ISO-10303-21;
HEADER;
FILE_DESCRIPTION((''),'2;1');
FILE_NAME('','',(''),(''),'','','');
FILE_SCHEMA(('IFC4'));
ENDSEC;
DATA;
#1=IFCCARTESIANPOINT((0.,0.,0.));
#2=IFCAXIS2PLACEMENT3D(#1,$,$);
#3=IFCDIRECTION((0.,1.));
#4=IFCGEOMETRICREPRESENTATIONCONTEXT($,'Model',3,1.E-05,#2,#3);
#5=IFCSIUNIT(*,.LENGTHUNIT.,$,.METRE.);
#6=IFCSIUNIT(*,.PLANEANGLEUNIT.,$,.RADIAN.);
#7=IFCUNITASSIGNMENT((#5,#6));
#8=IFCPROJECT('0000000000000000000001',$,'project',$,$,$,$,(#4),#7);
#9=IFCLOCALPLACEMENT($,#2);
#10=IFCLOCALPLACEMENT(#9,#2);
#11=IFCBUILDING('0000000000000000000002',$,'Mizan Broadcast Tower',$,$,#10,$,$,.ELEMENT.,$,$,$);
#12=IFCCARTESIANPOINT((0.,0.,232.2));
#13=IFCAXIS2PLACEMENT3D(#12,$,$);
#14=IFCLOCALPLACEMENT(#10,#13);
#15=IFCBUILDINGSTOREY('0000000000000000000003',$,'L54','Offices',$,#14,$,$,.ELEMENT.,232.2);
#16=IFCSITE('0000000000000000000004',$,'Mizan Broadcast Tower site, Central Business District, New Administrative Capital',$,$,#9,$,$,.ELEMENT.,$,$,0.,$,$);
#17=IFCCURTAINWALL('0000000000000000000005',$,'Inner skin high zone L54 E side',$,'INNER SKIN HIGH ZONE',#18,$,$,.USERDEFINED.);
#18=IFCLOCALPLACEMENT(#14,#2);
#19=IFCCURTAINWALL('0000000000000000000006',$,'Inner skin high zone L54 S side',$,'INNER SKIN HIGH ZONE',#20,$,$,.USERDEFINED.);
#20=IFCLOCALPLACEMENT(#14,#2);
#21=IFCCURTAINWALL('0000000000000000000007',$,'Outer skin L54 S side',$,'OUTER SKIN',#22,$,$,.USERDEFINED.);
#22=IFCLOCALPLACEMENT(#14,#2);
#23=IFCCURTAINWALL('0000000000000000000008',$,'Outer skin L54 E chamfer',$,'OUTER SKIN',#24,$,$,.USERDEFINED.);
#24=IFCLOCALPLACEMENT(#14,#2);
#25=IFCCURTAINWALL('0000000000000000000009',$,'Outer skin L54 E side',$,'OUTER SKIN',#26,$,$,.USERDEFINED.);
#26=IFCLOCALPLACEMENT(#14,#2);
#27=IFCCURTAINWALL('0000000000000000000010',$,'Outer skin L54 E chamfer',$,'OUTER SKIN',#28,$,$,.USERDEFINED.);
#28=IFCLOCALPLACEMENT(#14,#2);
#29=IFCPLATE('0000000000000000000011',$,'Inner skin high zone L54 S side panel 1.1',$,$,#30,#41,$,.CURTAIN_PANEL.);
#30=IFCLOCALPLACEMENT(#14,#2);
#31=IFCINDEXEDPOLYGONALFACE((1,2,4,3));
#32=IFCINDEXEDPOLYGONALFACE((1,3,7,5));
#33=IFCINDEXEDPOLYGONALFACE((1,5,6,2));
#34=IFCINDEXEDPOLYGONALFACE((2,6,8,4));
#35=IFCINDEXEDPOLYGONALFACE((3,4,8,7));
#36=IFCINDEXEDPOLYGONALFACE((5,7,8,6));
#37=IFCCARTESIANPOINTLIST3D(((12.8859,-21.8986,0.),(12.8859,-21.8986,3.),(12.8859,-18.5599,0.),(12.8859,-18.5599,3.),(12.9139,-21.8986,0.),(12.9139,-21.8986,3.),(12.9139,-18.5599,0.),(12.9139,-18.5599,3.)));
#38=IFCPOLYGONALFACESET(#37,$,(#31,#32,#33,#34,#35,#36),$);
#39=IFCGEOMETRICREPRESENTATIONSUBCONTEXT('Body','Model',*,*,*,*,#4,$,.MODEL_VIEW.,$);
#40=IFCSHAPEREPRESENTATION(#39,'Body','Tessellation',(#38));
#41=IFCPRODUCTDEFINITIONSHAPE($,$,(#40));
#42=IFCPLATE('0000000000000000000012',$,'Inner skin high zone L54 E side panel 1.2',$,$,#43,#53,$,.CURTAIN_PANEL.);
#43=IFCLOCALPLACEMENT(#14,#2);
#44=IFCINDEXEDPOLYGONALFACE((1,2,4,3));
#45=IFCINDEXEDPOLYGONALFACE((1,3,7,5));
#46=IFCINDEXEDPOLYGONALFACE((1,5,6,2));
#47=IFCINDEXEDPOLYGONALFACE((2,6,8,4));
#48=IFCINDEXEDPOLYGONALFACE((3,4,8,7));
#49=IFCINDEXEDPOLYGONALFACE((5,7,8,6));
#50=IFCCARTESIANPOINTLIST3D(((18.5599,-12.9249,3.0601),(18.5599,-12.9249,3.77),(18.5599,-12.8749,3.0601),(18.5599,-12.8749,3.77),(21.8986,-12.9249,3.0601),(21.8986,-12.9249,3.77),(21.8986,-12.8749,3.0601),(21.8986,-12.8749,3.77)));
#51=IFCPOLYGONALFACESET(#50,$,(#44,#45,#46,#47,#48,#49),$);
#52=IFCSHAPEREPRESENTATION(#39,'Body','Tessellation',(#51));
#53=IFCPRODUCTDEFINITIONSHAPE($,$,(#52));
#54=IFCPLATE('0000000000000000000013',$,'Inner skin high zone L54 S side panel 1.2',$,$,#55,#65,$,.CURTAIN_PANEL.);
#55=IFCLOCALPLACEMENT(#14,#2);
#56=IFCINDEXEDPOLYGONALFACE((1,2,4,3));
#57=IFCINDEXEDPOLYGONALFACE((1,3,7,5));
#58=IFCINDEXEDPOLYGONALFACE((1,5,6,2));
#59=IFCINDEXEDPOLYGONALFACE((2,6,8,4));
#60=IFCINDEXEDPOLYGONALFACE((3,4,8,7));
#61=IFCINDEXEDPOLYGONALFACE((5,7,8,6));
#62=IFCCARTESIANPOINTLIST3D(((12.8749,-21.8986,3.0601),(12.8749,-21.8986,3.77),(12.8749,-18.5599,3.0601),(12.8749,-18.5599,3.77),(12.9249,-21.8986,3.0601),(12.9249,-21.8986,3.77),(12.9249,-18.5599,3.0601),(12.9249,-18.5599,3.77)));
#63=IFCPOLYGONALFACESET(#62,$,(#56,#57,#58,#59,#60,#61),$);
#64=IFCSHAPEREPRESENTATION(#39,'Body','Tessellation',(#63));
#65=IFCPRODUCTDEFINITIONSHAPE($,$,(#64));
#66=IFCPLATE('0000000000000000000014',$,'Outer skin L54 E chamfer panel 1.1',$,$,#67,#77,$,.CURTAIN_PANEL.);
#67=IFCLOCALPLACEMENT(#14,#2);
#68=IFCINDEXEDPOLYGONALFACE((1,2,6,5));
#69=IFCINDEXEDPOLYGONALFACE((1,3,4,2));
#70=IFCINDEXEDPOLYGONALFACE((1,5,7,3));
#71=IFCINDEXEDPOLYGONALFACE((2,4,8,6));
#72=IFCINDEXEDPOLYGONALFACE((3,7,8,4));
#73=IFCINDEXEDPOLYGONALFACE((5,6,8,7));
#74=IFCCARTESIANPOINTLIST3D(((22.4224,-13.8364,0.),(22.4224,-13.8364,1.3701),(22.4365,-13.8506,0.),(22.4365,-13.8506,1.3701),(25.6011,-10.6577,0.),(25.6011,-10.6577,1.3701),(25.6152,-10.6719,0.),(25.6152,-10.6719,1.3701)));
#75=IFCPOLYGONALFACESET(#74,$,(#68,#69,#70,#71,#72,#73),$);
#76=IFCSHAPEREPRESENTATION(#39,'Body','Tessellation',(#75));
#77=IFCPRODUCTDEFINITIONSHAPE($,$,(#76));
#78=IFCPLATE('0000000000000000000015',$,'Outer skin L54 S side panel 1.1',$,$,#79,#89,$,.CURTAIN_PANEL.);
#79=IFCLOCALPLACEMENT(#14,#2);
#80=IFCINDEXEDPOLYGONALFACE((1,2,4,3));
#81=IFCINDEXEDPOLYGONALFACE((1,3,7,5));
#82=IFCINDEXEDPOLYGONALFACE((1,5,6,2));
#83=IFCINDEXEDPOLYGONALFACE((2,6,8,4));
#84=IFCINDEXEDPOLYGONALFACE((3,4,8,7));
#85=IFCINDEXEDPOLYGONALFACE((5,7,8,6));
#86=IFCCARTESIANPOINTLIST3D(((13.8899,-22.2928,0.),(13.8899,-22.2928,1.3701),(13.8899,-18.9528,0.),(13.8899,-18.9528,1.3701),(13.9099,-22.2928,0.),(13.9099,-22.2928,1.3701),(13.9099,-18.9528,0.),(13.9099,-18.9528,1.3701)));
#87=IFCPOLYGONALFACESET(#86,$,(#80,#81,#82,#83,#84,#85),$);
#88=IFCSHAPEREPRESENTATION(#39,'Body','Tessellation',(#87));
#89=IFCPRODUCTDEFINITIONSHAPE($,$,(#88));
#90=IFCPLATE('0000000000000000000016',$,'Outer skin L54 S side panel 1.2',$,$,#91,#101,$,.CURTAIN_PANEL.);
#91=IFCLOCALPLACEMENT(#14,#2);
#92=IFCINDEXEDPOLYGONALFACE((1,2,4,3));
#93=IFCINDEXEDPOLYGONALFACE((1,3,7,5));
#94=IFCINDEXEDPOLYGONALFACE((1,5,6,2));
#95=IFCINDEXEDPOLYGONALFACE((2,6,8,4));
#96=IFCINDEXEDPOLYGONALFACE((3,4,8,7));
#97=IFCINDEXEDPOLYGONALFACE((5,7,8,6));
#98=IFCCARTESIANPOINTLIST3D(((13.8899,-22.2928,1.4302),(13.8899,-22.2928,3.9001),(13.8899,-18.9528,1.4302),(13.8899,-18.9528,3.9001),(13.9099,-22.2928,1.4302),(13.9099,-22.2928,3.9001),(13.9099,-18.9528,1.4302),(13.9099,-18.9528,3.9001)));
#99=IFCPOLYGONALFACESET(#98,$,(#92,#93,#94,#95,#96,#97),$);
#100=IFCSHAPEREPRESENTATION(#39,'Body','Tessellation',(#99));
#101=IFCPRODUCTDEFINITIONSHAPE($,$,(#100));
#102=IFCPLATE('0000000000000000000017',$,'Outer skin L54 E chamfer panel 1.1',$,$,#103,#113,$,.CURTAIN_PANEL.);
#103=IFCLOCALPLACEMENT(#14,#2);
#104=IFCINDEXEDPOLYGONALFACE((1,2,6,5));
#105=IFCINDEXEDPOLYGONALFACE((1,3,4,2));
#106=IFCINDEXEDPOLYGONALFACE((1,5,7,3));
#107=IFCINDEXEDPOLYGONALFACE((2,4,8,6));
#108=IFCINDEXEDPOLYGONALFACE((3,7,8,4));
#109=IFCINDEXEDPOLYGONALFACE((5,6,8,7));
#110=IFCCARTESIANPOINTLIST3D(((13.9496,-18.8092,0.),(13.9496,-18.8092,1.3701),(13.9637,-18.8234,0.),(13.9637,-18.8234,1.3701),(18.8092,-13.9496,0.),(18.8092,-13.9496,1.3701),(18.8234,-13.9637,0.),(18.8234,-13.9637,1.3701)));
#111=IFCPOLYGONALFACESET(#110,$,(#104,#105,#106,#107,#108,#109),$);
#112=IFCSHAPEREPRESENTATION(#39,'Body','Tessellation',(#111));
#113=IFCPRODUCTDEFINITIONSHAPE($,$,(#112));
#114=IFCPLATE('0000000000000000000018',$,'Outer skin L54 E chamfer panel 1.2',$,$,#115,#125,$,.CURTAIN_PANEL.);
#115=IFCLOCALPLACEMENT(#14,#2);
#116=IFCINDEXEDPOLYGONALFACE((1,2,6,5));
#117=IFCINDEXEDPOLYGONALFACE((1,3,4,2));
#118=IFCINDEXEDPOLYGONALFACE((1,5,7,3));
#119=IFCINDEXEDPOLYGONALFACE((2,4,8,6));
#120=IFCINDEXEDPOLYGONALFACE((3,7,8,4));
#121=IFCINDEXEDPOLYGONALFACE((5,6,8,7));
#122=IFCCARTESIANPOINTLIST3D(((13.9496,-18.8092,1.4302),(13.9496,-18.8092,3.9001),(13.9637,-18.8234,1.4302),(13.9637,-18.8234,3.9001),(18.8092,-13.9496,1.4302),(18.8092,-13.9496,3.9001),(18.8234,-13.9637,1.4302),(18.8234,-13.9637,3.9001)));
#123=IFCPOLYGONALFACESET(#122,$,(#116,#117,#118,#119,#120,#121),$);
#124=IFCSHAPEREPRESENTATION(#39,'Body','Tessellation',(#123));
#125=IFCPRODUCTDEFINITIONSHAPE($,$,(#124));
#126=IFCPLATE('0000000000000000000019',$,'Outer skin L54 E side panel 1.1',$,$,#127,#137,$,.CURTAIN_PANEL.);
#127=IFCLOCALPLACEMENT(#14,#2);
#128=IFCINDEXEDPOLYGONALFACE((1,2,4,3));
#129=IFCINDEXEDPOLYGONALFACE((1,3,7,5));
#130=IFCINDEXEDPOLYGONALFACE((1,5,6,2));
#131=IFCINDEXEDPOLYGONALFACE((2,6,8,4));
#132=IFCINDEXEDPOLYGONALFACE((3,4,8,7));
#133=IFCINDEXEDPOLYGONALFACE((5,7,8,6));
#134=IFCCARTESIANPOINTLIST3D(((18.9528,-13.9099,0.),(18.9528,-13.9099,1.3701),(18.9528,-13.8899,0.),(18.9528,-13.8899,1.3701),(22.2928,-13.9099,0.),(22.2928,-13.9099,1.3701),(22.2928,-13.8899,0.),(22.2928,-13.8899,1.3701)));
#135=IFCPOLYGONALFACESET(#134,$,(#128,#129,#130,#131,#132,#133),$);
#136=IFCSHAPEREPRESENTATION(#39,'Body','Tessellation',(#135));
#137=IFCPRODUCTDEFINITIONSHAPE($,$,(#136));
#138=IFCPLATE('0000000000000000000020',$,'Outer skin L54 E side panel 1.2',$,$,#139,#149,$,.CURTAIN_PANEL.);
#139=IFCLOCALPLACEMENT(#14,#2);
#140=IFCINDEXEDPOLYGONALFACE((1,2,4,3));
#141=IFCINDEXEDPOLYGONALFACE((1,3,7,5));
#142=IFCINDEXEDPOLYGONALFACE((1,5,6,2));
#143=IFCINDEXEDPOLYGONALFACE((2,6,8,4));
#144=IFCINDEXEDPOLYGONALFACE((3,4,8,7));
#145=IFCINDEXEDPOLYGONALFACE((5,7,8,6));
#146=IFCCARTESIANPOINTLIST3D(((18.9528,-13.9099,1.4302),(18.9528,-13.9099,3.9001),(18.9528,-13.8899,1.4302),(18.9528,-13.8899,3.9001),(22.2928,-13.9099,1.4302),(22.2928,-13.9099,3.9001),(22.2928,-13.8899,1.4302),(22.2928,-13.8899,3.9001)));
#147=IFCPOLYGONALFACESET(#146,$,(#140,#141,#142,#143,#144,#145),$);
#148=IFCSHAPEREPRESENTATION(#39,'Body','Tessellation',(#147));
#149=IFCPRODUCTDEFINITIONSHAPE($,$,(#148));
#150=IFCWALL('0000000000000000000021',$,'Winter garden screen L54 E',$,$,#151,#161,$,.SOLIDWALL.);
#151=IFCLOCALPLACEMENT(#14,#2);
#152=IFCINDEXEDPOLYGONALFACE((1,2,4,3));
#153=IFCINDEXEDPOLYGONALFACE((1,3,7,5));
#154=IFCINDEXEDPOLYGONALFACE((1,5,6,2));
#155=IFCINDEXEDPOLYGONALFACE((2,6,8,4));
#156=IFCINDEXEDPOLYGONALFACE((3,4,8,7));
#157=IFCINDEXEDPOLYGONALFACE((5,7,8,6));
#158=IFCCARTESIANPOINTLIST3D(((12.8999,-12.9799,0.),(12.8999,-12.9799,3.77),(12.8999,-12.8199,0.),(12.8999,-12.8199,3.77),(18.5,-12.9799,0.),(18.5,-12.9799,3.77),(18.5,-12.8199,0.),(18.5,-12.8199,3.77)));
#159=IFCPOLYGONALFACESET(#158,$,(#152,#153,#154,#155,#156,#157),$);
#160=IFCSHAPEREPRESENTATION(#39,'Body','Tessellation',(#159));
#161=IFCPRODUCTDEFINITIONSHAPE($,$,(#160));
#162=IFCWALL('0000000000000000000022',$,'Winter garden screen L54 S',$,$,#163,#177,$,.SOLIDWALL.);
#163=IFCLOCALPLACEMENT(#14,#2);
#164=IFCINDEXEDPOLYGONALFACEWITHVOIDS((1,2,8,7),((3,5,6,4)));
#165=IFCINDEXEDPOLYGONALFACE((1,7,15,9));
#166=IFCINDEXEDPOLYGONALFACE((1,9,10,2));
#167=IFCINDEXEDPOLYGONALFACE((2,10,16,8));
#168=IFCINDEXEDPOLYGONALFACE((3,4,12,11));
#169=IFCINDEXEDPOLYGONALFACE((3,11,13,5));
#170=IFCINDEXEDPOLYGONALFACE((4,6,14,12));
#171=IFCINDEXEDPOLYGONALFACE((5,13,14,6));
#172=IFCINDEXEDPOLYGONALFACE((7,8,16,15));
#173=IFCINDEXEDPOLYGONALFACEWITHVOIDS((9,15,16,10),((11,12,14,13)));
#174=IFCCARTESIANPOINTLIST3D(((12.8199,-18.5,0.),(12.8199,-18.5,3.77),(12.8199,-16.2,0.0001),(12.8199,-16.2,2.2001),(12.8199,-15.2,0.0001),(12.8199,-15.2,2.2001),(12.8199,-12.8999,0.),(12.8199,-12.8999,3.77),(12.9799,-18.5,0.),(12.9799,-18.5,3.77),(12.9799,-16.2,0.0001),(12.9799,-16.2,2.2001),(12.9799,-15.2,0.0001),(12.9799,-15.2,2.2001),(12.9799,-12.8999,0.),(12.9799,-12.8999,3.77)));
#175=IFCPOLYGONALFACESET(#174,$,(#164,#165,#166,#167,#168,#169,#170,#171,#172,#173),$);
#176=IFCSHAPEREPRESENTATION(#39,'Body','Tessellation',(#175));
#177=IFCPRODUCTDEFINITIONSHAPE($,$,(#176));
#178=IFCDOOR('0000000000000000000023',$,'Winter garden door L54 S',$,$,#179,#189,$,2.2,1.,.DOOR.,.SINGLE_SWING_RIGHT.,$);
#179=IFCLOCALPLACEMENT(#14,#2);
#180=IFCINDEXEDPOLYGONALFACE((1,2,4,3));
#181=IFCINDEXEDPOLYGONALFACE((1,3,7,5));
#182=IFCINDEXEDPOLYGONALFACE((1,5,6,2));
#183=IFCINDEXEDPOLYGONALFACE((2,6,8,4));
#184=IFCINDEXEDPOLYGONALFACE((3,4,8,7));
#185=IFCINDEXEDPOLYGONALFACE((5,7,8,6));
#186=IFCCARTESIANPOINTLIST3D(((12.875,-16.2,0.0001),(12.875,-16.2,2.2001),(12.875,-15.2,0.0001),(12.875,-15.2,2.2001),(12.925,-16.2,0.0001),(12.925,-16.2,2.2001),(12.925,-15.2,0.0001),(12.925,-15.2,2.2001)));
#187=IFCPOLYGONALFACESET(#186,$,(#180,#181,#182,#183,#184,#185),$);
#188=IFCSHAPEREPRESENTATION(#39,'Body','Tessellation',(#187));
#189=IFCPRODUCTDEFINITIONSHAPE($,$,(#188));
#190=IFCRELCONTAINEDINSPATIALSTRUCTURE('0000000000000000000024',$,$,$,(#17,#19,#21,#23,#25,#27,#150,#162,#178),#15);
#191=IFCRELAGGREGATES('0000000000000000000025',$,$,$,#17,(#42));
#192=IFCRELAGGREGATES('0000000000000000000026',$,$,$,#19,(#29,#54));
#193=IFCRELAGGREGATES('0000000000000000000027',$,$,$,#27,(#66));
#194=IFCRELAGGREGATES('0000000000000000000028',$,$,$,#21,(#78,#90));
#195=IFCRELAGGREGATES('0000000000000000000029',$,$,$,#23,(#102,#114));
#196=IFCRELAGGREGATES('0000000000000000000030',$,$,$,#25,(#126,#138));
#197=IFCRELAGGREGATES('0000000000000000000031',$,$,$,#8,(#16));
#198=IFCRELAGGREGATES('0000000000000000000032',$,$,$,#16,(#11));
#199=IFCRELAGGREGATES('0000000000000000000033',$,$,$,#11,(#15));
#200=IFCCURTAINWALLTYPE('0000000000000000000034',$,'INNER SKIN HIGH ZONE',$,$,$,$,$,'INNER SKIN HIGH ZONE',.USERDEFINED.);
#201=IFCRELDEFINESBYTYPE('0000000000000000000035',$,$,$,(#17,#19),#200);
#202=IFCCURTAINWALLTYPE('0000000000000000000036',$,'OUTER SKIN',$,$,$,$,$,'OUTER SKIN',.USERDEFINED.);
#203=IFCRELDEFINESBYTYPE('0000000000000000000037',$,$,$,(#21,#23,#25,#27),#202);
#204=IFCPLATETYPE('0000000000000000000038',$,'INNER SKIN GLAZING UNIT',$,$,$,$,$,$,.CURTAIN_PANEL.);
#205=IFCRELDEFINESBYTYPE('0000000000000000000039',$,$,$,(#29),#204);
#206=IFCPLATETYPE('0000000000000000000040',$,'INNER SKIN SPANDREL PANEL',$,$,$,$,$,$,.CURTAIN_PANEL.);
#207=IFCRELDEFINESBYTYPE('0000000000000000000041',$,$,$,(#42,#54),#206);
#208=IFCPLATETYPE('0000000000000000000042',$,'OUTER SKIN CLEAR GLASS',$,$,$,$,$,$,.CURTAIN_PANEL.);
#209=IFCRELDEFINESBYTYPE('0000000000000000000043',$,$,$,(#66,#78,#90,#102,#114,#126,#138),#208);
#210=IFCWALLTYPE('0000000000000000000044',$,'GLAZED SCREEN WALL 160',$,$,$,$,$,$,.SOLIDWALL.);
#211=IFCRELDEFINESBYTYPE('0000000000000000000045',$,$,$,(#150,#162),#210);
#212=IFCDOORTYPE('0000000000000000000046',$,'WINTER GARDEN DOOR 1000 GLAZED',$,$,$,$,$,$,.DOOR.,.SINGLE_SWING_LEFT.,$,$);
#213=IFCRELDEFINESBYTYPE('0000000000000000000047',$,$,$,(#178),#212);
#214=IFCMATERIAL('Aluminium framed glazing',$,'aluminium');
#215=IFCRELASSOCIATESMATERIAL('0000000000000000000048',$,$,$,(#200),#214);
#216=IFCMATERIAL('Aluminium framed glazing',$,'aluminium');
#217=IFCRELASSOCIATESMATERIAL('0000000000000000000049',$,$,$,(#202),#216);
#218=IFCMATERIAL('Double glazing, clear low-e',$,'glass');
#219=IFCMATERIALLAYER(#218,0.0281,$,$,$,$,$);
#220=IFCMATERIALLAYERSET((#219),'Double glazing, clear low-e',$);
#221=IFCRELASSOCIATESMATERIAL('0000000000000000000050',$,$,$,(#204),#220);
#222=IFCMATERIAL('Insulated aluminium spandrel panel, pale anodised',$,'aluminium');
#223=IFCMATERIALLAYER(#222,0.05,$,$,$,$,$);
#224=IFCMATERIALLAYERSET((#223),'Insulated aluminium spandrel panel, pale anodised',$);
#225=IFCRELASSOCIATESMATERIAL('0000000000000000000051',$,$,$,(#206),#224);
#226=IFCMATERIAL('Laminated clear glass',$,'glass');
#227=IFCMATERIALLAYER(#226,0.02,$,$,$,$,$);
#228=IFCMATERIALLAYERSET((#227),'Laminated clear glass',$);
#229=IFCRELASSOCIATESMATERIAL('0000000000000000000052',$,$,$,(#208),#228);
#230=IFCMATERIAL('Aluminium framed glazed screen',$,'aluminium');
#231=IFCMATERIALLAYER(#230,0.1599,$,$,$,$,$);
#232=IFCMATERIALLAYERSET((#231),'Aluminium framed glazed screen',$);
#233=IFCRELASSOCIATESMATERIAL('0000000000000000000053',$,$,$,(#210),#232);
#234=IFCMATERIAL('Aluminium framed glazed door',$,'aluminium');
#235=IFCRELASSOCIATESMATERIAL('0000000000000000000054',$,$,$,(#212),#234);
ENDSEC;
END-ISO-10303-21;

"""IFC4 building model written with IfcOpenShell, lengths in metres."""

from ifc_helpers import new_model, si_unit, direction, frame, frame_2d, origin, origin_2d, place, context, subcontext, project, spatial, rectangle, extrude, material, layer, layer_set, type_object, element, fill, aggregate, save


model = new_model("IFC4")

# Units and contexts
model_context = context("Model", 3, precision=1e-05, world=origin(), true_north=direction((0.0, 1.0)))
body_context = subcontext(model_context, "Body", "Model", "MODEL_VIEW")
ifc_project = project(units=[si_unit("LENGTHUNIT", "METRE"), si_unit("PLANEANGLEUNIT", "RADIAN")], contexts=[model_context])

# Site, building, storey
site_placement = place(None, origin())
site = spatial("IfcSite", under=ifc_project, at=site_placement, Name="Mizan Broadcast Tower site, Central Business District, New Administrative Capital", CompositionType="ELEMENT", RefElevation=0.0)
building_placement = place(site_placement, origin())
building = spatial("IfcBuilding", under=site, at=building_placement, Name="Mizan Broadcast Tower", CompositionType="ELEMENT")
storey_placement = place(building_placement, frame((0.0, 0.0, 232.2)))
storey = spatial("IfcBuildingStorey", under=building, at=storey_placement, Name="L54", Description="Offices", CompositionType="ELEMENT", Elevation=232.2)

# Curtain walls
ifc_material_1 = material(Name="Aluminium framed glazing", Category="aluminium")
curtain_wall_type_1 = type_object("IfcCurtainWallType", Name="INNER SKIN HIGH ZONE", ElementType="INNER SKIN HIGH ZONE", PredefinedType="USERDEFINED", material=ifc_material_1)
curtain_wall_1_placement = place(storey_placement, origin())
curtain_wall_1 = element("IfcCurtainWall", 1, at=curtain_wall_1_placement, inside=storey, type_object=curtain_wall_type_1, Name="Inner skin high zone L54 E side", ObjectType="INNER SKIN HIGH ZONE", PredefinedType="USERDEFINED")
curtain_wall_2_placement = place(storey_placement, origin())
curtain_wall_2 = element("IfcCurtainWall", 2, at=curtain_wall_2_placement, inside=storey, type_object=curtain_wall_type_1, Name="Inner skin high zone L54 S side", ObjectType="INNER SKIN HIGH ZONE", PredefinedType="USERDEFINED")

# Curtain walls
ifc_material_2 = material(Name="Aluminium framed glazing", Category="aluminium")
curtain_wall_type_2 = type_object("IfcCurtainWallType", Name="OUTER SKIN", ElementType="OUTER SKIN", PredefinedType="USERDEFINED", material=ifc_material_2)
curtain_wall_3_placement = place(storey_placement, origin())
curtain_wall_3 = element("IfcCurtainWall", 3, at=curtain_wall_3_placement, inside=storey, type_object=curtain_wall_type_2, Name="Outer skin L54 S side", ObjectType="OUTER SKIN", PredefinedType="USERDEFINED")
curtain_wall_4_placement = place(storey_placement, origin())
curtain_wall_4 = element("IfcCurtainWall", 4, at=curtain_wall_4_placement, inside=storey, type_object=curtain_wall_type_2, Name="Outer skin L54 E chamfer", ObjectType="OUTER SKIN", PredefinedType="USERDEFINED")
curtain_wall_5_placement = place(storey_placement, origin())
curtain_wall_5 = element("IfcCurtainWall", 5, at=curtain_wall_5_placement, inside=storey, type_object=curtain_wall_type_2, Name="Outer skin L54 E side", ObjectType="OUTER SKIN", PredefinedType="USERDEFINED")
curtain_wall_6_placement = place(storey_placement, origin())
curtain_wall_6 = element("IfcCurtainWall", 6, at=curtain_wall_6_placement, inside=storey, type_object=curtain_wall_type_2, Name="Outer skin L54 E chamfer", ObjectType="OUTER SKIN", PredefinedType="USERDEFINED")

# Plates
ifc_material_3 = material(Name="Double glazing, clear low-e", Category="glass")
ifc_layer_1 = layer(ifc_material_3, 0.0281)
ifc_layer_set_1 = layer_set([ifc_layer_1], Name="Double glazing, clear low-e")
plate_type_1 = type_object("IfcPlateType", Name="INNER SKIN GLAZING UNIT", PredefinedType="CURTAIN_PANEL", material=ifc_layer_set_1)
plate_1_placement = place(storey_placement, frame((12.8999, -20.2292, 0.0), z_axis=(0.0, 0.0, 1.0), x_axis=(0.0, 1.0, 0.0)))
plate_1 = element("IfcPlate", 7, at=plate_1_placement, type_object=plate_type_1, Name="Inner skin high zone L54 S side panel 1.1", PredefinedType="CURTAIN_PANEL", context=body_context, shape_type="SweptSolid", body=[
    extrude(rectangle(XDim=3.3386, YDim=0.0281, at=origin_2d()), origin(), (0.0, 0.0, 1.0), 3.0),
])
ifc_material_4 = material(Name="Insulated aluminium spandrel panel, pale anodised", Category="aluminium")
ifc_layer_2 = layer(ifc_material_4, 0.05)
ifc_layer_set_2 = layer_set([ifc_layer_2], Name="Insulated aluminium spandrel panel, pale anodised")
plate_type_2 = type_object("IfcPlateType", Name="INNER SKIN SPANDREL PANEL", PredefinedType="CURTAIN_PANEL", material=ifc_layer_set_2)
plate_2_placement = place(storey_placement, frame((20.2292, -12.8999, 3.0601), z_axis=(0.0, 0.0, 1.0), x_axis=(1.0, 0.0, 0.0)))
plate_2 = element("IfcPlate", 8, at=plate_2_placement, type_object=plate_type_2, Name="Inner skin high zone L54 E side panel 1.2", PredefinedType="CURTAIN_PANEL", context=body_context, shape_type="SweptSolid", body=[
    extrude(rectangle(XDim=3.3386, YDim=0.05, at=origin_2d()), origin(), (0.0, 0.0, 1.0), 0.71),
])
aggregate(curtain_wall_1, [plate_2])
plate_3_placement = place(storey_placement, frame((12.8999, -20.2292, 3.0601), z_axis=(0.0, 0.0, 1.0), x_axis=(0.0, 1.0, 0.0)))
plate_3 = element("IfcPlate", 9, at=plate_3_placement, type_object=plate_type_2, Name="Inner skin high zone L54 S side panel 1.2", PredefinedType="CURTAIN_PANEL", context=body_context, shape_type="SweptSolid", body=[
    extrude(rectangle(XDim=3.3386, YDim=0.05, at=origin_2d()), origin(), (0.0, 0.0, 1.0), 0.71),
])
aggregate(curtain_wall_2, [plate_1, plate_3])
ifc_material_5 = material(Name="Laminated clear glass", Category="glass")
ifc_layer_3 = layer(ifc_material_5, 0.02)
ifc_layer_set_3 = layer_set([ifc_layer_3], Name="Laminated clear glass")
plate_type_3 = type_object("IfcPlateType", Name="OUTER SKIN CLEAR GLASS", PredefinedType="CURTAIN_PANEL", material=ifc_layer_set_3)
plate_4_placement = place(storey_placement, frame((24.0188, -12.2542, 0.0), z_axis=(0.0, 0.0, 1.0), x_axis=(0.707107, 0.707107, 0.0)))
plate_4 = element("IfcPlate", 10, at=plate_4_placement, type_object=plate_type_3, Name="Outer skin L54 E chamfer panel 1.1", PredefinedType="CURTAIN_PANEL", context=body_context, shape_type="SweptSolid", body=[
    extrude(rectangle(XDim=4.4954, YDim=0.02, at=origin_2d()), origin(), (0.0, 0.0, 1.0), 1.3701),
])
aggregate(curtain_wall_6, [plate_4])
plate_5_placement = place(storey_placement, frame((13.8999, -20.6228, 0.0), z_axis=(0.0, 0.0, 1.0), x_axis=(0.0, 1.0, 0.0)))
plate_5 = element("IfcPlate", 11, at=plate_5_placement, type_object=plate_type_3, Name="Outer skin L54 S side panel 1.1", PredefinedType="CURTAIN_PANEL", context=body_context, shape_type="SweptSolid", body=[
    extrude(rectangle(XDim=3.3401, YDim=0.02, at=origin_2d()), origin(), (0.0, 0.0, 1.0), 1.3701),
])
plate_6_placement = place(storey_placement, frame((13.8999, -20.6228, 1.4302), z_axis=(0.0, 0.0, 1.0), x_axis=(0.0, 1.0, 0.0)))
plate_6 = element("IfcPlate", 12, at=plate_6_placement, type_object=plate_type_3, Name="Outer skin L54 S side panel 1.2", PredefinedType="CURTAIN_PANEL", context=body_context, shape_type="SweptSolid", body=[
    extrude(rectangle(XDim=3.3401, YDim=0.02, at=origin_2d()), origin(), (0.0, 0.0, 1.0), 2.47),
])
aggregate(curtain_wall_3, [plate_5, plate_6])
plate_7_placement = place(storey_placement, frame((16.3865, -16.3865, 0.0), z_axis=(0.0, 0.0, 1.0), x_axis=(0.707107, 0.707107, 0.0)))
plate_7 = element("IfcPlate", 13, at=plate_7_placement, type_object=plate_type_3, Name="Outer skin L54 E chamfer panel 1.1", PredefinedType="CURTAIN_PANEL", context=body_context, shape_type="SweptSolid", body=[
    extrude(rectangle(XDim=6.8726, YDim=0.02, at=origin_2d()), origin(), (0.0, 0.0, 1.0), 1.3701),
])
plate_8_placement = place(storey_placement, frame((16.3865, -16.3865, 1.4302), z_axis=(0.0, 0.0, 1.0), x_axis=(0.707107, 0.707107, 0.0)))
plate_8 = element("IfcPlate", 14, at=plate_8_placement, type_object=plate_type_3, Name="Outer skin L54 E chamfer panel 1.2", PredefinedType="CURTAIN_PANEL", context=body_context, shape_type="SweptSolid", body=[
    extrude(rectangle(XDim=6.8726, YDim=0.02, at=origin_2d()), origin(), (0.0, 0.0, 1.0), 2.47),
])
aggregate(curtain_wall_4, [plate_7, plate_8])
plate_9_placement = place(storey_placement, frame((20.6228, -13.8999, 0.0), z_axis=(0.0, 0.0, 1.0), x_axis=(1.0, 0.0, 0.0)))
plate_9 = element("IfcPlate", 15, at=plate_9_placement, type_object=plate_type_3, Name="Outer skin L54 E side panel 1.1", PredefinedType="CURTAIN_PANEL", context=body_context, shape_type="SweptSolid", body=[
    extrude(rectangle(XDim=3.3401, YDim=0.02, at=origin_2d()), origin(), (0.0, 0.0, 1.0), 1.3701),
])
plate_10_placement = place(storey_placement, frame((20.6228, -13.8999, 1.4302), z_axis=(0.0, 0.0, 1.0), x_axis=(1.0, 0.0, 0.0)))
plate_10 = element("IfcPlate", 16, at=plate_10_placement, type_object=plate_type_3, Name="Outer skin L54 E side panel 1.2", PredefinedType="CURTAIN_PANEL", context=body_context, shape_type="SweptSolid", body=[
    extrude(rectangle(XDim=3.3401, YDim=0.02, at=origin_2d()), origin(), (0.0, 0.0, 1.0), 2.47),
])
aggregate(curtain_wall_5, [plate_9, plate_10])

# Wall
ifc_material_6 = material(Name="Aluminium framed glazed screen", Category="aluminium")
ifc_layer_4 = layer(ifc_material_6, 0.1599)
ifc_layer_set_4 = layer_set([ifc_layer_4], Name="Aluminium framed glazed screen")
wall_type_1 = type_object("IfcWallType", Name="GLAZED SCREEN WALL 160", PredefinedType="SOLIDWALL", material=ifc_layer_set_4)
wall_1_placement = place(storey_placement, frame((12.8999, -12.8999, 0.0), z_axis=(0.0, 0.0, 1.0), x_axis=(1.0, 0.0, 0.0)))
element("IfcWall", 17, at=wall_1_placement, inside=storey, type_object=wall_type_1, Name="Winter garden screen L54 E", PredefinedType="SOLIDWALL", context=body_context, shape_type="SweptSolid", body=[
    extrude(rectangle(XDim=5.6001, YDim=0.1599, at=frame_2d((2.8, 0.0))), origin(), (0.0, 0.0, 1.0), 3.77),
])

# Wall, opening, door
wall_2_placement = place(storey_placement, frame((12.8999, -18.5, 0.0), z_axis=(0.0, 0.0, 1.0), x_axis=(0.0, 1.0, 0.0)))
wall_2 = element("IfcWall", 18, at=wall_2_placement, inside=storey, type_object=wall_type_1, Name="Winter garden screen L54 S", PredefinedType="SOLIDWALL", context=body_context, shape_type="SweptSolid", body=[
    extrude(rectangle(XDim=5.6001, YDim=0.1599, at=frame_2d((2.8, 0.0))), origin(), (0.0, 0.0, 1.0), 3.77),
])
opening_1_placement = place(wall_2_placement, frame((2.3, 0.0, 0.0)))
opening_1 = element("IfcOpeningElement", 19, at=opening_1_placement, cuts=wall_2, PredefinedType="OPENING", context=body_context, shape_type="SweptSolid", body=[
    extrude(rectangle(XDim=1.0, YDim=2.2, at=frame_2d((0.5, 1.1001))), frame((0.0, 0.0898, 0.0), z_axis=(0.0, -1.0, 0.0), x_axis=(1.0, 0.0, 0.0)), (0.0, 0.0, 1.0), 0.1799),
])
ifc_material_7 = material(Name="Aluminium framed glazed door", Category="aluminium")
door_type_1 = type_object("IfcDoorType", Name="WINTER GARDEN DOOR 1000 GLAZED", OperationType="SINGLE_SWING_LEFT", PredefinedType="DOOR", material=ifc_material_7)
door_1_placement = place(opening_1_placement, origin())
door_1 = element("IfcDoor", 20, at=door_1_placement, inside=storey, type_object=door_type_1, Name="Winter garden door L54 S", OperationType="SINGLE_SWING_RIGHT", OverallHeight=2.2, OverallWidth=1.0, PredefinedType="DOOR", context=body_context, shape_type="SweptSolid", body=[
    extrude(rectangle(XDim=1.0, YDim=2.2, at=frame_2d((0.5, 1.1001))), frame((0.0, 0.0249, 0.0), z_axis=(0.0, -1.0, 0.0), x_axis=(1.0, 0.0, 0.0)), (0.0, 0.0, 1.0), 0.05),
])
fill(opening_1, door_1)

save(model, "model.ifc")
